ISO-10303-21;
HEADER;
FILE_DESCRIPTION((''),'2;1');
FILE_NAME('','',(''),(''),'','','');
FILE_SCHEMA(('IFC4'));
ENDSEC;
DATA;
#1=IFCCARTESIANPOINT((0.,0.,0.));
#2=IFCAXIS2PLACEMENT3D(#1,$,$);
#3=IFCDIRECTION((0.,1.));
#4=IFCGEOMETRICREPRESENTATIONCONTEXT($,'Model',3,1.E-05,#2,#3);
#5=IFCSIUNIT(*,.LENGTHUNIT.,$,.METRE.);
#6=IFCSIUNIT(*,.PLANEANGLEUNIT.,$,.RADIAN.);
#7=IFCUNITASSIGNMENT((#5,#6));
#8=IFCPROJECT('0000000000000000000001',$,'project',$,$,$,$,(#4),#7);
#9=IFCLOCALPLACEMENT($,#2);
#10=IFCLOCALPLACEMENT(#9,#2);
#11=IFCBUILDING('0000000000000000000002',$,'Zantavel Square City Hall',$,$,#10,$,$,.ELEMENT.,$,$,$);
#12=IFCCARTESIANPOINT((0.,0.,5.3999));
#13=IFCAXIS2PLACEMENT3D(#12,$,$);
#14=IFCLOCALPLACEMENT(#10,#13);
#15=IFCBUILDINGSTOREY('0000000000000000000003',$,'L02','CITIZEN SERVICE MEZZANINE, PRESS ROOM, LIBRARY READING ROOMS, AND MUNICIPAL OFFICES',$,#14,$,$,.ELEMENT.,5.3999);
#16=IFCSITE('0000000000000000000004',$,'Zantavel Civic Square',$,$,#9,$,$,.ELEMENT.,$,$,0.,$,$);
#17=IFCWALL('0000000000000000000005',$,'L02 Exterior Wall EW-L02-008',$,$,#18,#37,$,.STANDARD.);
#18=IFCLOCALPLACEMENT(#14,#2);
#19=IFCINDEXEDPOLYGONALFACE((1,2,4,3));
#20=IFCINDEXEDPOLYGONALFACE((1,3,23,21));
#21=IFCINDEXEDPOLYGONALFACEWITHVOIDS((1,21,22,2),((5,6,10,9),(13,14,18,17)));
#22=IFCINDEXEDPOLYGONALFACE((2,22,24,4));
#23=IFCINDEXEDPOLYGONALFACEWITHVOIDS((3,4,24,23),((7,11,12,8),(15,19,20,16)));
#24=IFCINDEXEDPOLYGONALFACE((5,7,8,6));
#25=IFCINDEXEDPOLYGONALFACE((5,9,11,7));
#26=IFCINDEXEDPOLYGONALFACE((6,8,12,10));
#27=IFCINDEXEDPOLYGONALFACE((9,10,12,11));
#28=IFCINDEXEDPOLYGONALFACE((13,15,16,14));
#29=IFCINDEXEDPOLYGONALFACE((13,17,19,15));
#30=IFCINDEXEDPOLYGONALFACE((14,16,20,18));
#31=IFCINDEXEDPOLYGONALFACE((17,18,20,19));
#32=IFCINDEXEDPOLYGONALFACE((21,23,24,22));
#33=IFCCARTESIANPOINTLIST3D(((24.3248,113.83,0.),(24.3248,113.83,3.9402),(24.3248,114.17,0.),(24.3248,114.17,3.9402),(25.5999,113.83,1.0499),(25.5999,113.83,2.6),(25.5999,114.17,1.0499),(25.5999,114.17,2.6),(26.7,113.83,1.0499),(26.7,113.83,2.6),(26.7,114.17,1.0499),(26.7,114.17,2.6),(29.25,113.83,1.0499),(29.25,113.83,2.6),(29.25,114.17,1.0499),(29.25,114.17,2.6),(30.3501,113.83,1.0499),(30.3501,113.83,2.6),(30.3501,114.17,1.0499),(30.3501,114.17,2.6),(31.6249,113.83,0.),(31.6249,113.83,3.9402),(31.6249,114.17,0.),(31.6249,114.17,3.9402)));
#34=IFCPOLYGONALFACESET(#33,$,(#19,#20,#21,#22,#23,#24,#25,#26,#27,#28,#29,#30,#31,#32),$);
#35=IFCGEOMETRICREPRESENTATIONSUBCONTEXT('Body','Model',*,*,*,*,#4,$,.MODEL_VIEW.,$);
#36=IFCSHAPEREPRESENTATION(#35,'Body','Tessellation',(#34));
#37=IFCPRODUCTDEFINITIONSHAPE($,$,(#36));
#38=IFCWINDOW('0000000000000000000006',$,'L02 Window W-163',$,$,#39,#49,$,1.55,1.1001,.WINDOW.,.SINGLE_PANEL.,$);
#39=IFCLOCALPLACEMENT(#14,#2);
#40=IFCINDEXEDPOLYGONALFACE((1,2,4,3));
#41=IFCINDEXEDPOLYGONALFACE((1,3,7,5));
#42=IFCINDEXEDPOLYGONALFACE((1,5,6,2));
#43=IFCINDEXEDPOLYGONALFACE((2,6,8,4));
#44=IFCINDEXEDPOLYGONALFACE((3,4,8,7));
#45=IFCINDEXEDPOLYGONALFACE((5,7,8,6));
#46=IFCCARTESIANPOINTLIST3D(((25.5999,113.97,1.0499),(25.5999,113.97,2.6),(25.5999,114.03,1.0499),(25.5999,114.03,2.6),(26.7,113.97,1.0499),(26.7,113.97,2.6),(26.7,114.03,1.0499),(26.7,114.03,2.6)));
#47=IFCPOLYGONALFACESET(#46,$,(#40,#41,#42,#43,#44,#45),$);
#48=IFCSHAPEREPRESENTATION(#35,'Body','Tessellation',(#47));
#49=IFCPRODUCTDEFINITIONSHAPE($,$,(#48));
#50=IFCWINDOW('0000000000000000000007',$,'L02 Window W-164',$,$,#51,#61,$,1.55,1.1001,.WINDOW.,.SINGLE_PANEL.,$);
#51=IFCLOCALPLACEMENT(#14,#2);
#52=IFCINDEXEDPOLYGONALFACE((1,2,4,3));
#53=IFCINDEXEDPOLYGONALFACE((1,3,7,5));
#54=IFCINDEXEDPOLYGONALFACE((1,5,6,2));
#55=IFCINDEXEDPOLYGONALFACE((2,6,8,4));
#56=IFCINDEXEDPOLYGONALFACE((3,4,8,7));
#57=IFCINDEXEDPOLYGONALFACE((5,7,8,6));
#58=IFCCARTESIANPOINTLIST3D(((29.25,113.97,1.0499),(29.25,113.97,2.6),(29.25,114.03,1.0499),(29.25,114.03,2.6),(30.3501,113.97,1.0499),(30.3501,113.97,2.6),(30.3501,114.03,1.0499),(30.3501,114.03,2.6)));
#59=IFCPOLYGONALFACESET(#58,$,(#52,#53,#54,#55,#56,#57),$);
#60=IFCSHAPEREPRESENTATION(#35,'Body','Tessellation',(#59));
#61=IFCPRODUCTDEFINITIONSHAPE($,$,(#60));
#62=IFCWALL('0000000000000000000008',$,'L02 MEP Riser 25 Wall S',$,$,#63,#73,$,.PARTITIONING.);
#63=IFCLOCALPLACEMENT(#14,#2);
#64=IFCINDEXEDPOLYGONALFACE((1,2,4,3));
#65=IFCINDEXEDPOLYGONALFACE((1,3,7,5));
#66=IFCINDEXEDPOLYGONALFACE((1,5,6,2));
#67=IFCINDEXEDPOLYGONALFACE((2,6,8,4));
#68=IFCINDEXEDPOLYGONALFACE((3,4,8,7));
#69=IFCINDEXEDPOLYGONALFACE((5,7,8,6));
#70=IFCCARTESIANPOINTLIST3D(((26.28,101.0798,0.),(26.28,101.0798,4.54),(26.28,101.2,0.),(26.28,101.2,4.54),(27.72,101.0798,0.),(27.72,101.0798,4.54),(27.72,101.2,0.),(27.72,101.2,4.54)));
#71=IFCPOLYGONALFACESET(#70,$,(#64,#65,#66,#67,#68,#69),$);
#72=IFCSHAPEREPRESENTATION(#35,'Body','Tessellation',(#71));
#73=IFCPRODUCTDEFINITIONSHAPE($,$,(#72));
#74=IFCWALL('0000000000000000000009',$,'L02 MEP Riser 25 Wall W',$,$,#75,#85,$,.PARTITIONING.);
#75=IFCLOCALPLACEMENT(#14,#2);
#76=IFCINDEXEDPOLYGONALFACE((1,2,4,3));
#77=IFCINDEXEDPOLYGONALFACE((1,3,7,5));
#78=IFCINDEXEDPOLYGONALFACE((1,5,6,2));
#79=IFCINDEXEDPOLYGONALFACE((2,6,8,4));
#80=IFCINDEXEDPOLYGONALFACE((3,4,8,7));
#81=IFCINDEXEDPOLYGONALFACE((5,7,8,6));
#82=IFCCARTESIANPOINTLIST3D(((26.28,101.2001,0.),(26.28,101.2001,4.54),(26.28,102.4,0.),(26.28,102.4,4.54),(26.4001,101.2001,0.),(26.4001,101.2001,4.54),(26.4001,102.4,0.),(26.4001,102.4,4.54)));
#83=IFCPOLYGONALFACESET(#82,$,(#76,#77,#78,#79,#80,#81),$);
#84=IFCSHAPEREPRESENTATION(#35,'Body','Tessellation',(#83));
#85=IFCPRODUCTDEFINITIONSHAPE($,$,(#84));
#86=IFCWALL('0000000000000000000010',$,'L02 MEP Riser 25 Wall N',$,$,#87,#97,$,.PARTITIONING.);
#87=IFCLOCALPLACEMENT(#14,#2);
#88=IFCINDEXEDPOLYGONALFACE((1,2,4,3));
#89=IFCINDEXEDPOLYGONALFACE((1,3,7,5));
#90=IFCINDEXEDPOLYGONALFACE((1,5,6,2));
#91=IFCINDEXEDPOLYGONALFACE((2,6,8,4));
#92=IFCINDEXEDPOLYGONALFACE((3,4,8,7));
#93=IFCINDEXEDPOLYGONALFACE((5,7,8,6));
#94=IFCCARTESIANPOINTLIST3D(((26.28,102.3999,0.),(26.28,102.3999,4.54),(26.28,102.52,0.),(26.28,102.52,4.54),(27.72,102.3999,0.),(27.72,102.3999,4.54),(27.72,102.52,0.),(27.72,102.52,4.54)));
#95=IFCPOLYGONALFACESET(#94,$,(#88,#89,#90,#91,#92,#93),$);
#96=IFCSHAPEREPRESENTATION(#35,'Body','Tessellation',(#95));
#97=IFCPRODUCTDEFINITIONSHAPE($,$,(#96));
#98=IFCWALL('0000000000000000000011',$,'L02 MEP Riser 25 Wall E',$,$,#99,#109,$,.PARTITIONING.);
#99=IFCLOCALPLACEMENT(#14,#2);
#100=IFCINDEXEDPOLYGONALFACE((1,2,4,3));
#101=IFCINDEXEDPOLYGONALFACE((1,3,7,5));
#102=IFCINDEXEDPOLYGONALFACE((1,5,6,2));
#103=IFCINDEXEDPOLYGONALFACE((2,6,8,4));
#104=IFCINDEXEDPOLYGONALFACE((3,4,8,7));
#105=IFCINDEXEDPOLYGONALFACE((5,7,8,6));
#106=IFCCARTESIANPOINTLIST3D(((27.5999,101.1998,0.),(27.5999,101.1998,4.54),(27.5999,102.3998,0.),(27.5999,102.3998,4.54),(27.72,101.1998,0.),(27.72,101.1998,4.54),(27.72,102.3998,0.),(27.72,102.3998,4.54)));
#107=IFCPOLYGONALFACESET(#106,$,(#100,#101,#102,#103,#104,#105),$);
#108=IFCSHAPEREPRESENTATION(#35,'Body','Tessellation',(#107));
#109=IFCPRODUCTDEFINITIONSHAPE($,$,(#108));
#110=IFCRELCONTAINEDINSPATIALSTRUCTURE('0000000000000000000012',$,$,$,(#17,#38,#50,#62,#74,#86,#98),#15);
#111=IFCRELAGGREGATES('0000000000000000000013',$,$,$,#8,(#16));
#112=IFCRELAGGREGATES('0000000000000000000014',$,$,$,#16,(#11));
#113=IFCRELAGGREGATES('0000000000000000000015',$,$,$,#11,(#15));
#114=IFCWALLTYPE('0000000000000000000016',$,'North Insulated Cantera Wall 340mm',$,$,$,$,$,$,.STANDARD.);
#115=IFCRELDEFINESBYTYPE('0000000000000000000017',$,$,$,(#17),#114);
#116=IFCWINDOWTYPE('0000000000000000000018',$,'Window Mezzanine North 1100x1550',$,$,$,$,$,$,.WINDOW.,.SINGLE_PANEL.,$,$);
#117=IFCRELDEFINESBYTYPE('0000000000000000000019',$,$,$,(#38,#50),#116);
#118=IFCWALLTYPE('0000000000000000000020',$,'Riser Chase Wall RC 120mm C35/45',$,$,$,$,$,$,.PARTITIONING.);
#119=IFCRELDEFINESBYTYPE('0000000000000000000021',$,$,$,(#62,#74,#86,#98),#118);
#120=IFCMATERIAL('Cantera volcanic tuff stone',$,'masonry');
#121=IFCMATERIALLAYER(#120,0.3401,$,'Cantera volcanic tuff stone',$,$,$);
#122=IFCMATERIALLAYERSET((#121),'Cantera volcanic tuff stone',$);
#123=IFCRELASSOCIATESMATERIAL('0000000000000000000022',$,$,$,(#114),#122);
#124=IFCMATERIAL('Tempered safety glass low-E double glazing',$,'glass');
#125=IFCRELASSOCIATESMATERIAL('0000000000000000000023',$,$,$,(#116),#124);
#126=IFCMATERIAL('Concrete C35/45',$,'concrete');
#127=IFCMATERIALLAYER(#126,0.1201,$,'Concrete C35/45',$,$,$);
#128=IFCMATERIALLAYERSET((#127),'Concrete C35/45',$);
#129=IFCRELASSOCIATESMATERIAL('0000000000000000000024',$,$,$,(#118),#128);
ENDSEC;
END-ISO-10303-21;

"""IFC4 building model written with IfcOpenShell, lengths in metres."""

from ifc_helpers import new_model, si_unit, direction, frame, frame_2d, origin, place, context, subcontext, project, spatial, rectangle, extrude, material, layer, layer_set, type_object, element, fill, save


model = new_model("IFC4")

# Units and contexts
model_context = context("Model", 3, precision=1e-05, world=origin(), true_north=direction((0.0, 1.0)))
body_context = subcontext(model_context, "Body", "Model", "MODEL_VIEW")
ifc_project = project(units=[si_unit("LENGTHUNIT", "METRE"), si_unit("PLANEANGLEUNIT", "RADIAN")], contexts=[model_context])

# Site, building, storey
site_placement = place(None, origin())
site = spatial("IfcSite", under=ifc_project, at=site_placement, Name="Zantavel Civic Square", CompositionType="ELEMENT", RefElevation=0.0)
building_placement = place(site_placement, origin())
building = spatial("IfcBuilding", under=site, at=building_placement, Name="Zantavel Square City Hall", CompositionType="ELEMENT")
storey_placement = place(building_placement, frame((0.0, 0.0, 5.3999)))
storey = spatial("IfcBuildingStorey", under=building, at=storey_placement, Name="L02", Description="CITIZEN SERVICE MEZZANINE, PRESS ROOM, LIBRARY READING ROOMS, AND MUNICIPAL OFFICES", CompositionType="ELEMENT", Elevation=5.3999)

# Shared definitions
ifc_material_1 = material(Name="Concrete C35/45", Category="concrete")

# Shared definitions
ifc_material_2 = material(Name="Cantera volcanic tuff stone", Category="masonry")
ifc_material_3 = material(Name="Tempered safety glass low-E double glazing", Category="glass")

# Wall, openings, windows
ifc_layer_1 = layer(ifc_material_2, 0.3401, Name="Cantera volcanic tuff stone")
ifc_layer_set_1 = layer_set([ifc_layer_1], Name="Cantera volcanic tuff stone")
wall_type_1 = type_object("IfcWallType", Name="North Insulated Cantera Wall 340mm", PredefinedType="STANDARD", material=ifc_layer_set_1)
window_type_1 = type_object("IfcWindowType", Name="Window Mezzanine North 1100x1550", PartitioningType="SINGLE_PANEL", PredefinedType="WINDOW", material=ifc_material_3)
wall_1_placement = place(storey_placement, frame((24.325, 114.0, 0.0), z_axis=(0.0, 0.0, 1.0), x_axis=(1.0, 0.0, 0.0)))
wall_1 = element("IfcWall", 1, at=wall_1_placement, inside=storey, type_object=wall_type_1, Name="L02 Exterior Wall EW-L02-008", PredefinedType="STANDARD", context=body_context, shape_type="SweptSolid", body=[
    extrude(rectangle(XDim=7.3, YDim=0.3401, at=frame_2d((3.6499, 0.0))), origin(), (0.0, 0.0, 1.0), 3.9402),
])
opening_1_placement = place(wall_1_placement, frame((1.2749, 0.0, 1.05)))
opening_1 = element("IfcOpeningElement", 2, at=opening_1_placement, cuts=wall_1, PredefinedType="OPENING", context=body_context, shape_type="SweptSolid", body=[
    extrude(rectangle(XDim=1.1001, YDim=1.55, at=frame_2d((0.55, 0.7749))), frame((0.0, 0.1799, 0.0), z_axis=(0.0, -1.0, 0.0), x_axis=(1.0, 0.0, 0.0)), (0.0, 0.0, 1.0), 0.3601),
])
opening_2_placement = place(wall_1_placement, frame((4.925, 0.0, 1.05)))
opening_2 = element("IfcOpeningElement", 3, at=opening_2_placement, cuts=wall_1, PredefinedType="OPENING", context=body_context, shape_type="SweptSolid", body=[
    extrude(rectangle(XDim=1.1001, YDim=1.55, at=frame_2d((0.55, 0.7749))), frame((0.0, 0.1799, 0.0), z_axis=(0.0, -1.0, 0.0), x_axis=(1.0, 0.0, 0.0)), (0.0, 0.0, 1.0), 0.3601),
])
window_1_placement = place(opening_1_placement, origin())
window_1 = element("IfcWindow", 4, at=window_1_placement, inside=storey, type_object=window_type_1, Name="L02 Window W-163", OverallHeight=1.55, OverallWidth=1.1001, PartitioningType="SINGLE_PANEL", PredefinedType="WINDOW", context=body_context, shape_type="SweptSolid", body=[
    extrude(rectangle(XDim=1.1001, YDim=1.55, at=frame_2d((0.55, 0.7749))), frame((0.0, 0.03, 0.0), z_axis=(0.0, -1.0, 0.0), x_axis=(1.0, 0.0, 0.0)), (0.0, 0.0, 1.0), 0.0601),
])
fill(opening_1, window_1)
window_2_placement = place(opening_2_placement, origin())
window_2 = element("IfcWindow", 5, at=window_2_placement, inside=storey, type_object=window_type_1, Name="L02 Window W-164", OverallHeight=1.55, OverallWidth=1.1001, PartitioningType="SINGLE_PANEL", PredefinedType="WINDOW", context=body_context, shape_type="SweptSolid", body=[
    extrude(rectangle(XDim=1.1001, YDim=1.55, at=frame_2d((0.55, 0.7749))), frame((0.0, 0.03, 0.0), z_axis=(0.0, -1.0, 0.0), x_axis=(1.0, 0.0, 0.0)), (0.0, 0.0, 1.0), 0.0601),
])
fill(opening_2, window_2)

# Walls
ifc_layer_2 = layer(ifc_material_1, 0.1201, Name="Concrete C35/45")
ifc_layer_set_2 = layer_set([ifc_layer_2], Name="Concrete C35/45")
wall_type_2 = type_object("IfcWallType", Name="Riser Chase Wall RC 120mm C35/45", PredefinedType="PARTITIONING", material=ifc_layer_set_2)
wall_2_placement = place(storey_placement, frame((27.72, 101.1399, 0.0), z_axis=(0.0, 0.0, 1.0), x_axis=(-1.0, 0.0, 0.0)))
element("IfcWall", 6, at=wall_2_placement, inside=storey, type_object=wall_type_2, Name="L02 MEP Riser 25 Wall S", PredefinedType="PARTITIONING", context=body_context, shape_type="SweptSolid", body=[
    extrude(rectangle(XDim=1.4399, YDim=0.1201, at=frame_2d((0.72, 0.0))), origin(), (0.0, 0.0, 1.0), 4.54),
])
wall_3_placement = place(storey_placement, frame((26.3401, 101.2, 0.0), z_axis=(0.0, 0.0, 1.0), x_axis=(0.0, 1.0, 0.0)))
element("IfcWall", 7, at=wall_3_placement, inside=storey, type_object=wall_type_2, Name="L02 MEP Riser 25 Wall W", PredefinedType="PARTITIONING", context=body_context, shape_type="SweptSolid", body=[
    extrude(rectangle(XDim=1.2, YDim=0.1201, at=frame_2d((0.6001, 0.0))), origin(), (0.0, 0.0, 1.0), 4.54),
])
wall_4_placement = place(storey_placement, frame((26.28, 102.46, 0.0), z_axis=(0.0, 0.0, 1.0), x_axis=(1.0, 0.0, 0.0)))
element("IfcWall", 8, at=wall_4_placement, inside=storey, type_object=wall_type_2, Name="L02 MEP Riser 25 Wall N", PredefinedType="PARTITIONING", context=body_context, shape_type="SweptSolid", body=[
    extrude(rectangle(XDim=1.4399, YDim=0.1201, at=frame_2d((0.72, 0.0))), origin(), (0.0, 0.0, 1.0), 4.54),
])
wall_5_placement = place(storey_placement, frame((27.6599, 102.3999, 0.0), z_axis=(0.0, 0.0, 1.0), x_axis=(0.0, -1.0, 0.0)))
element("IfcWall", 9, at=wall_5_placement, inside=storey, type_object=wall_type_2, Name="L02 MEP Riser 25 Wall E", PredefinedType="PARTITIONING", context=body_context, shape_type="SweptSolid", body=[
    extrude(rectangle(XDim=1.2, YDim=0.1201, at=frame_2d((0.6001, 0.0))), origin(), (0.0, 0.0, 1.0), 4.54),
])

save(model, "model.ifc")
